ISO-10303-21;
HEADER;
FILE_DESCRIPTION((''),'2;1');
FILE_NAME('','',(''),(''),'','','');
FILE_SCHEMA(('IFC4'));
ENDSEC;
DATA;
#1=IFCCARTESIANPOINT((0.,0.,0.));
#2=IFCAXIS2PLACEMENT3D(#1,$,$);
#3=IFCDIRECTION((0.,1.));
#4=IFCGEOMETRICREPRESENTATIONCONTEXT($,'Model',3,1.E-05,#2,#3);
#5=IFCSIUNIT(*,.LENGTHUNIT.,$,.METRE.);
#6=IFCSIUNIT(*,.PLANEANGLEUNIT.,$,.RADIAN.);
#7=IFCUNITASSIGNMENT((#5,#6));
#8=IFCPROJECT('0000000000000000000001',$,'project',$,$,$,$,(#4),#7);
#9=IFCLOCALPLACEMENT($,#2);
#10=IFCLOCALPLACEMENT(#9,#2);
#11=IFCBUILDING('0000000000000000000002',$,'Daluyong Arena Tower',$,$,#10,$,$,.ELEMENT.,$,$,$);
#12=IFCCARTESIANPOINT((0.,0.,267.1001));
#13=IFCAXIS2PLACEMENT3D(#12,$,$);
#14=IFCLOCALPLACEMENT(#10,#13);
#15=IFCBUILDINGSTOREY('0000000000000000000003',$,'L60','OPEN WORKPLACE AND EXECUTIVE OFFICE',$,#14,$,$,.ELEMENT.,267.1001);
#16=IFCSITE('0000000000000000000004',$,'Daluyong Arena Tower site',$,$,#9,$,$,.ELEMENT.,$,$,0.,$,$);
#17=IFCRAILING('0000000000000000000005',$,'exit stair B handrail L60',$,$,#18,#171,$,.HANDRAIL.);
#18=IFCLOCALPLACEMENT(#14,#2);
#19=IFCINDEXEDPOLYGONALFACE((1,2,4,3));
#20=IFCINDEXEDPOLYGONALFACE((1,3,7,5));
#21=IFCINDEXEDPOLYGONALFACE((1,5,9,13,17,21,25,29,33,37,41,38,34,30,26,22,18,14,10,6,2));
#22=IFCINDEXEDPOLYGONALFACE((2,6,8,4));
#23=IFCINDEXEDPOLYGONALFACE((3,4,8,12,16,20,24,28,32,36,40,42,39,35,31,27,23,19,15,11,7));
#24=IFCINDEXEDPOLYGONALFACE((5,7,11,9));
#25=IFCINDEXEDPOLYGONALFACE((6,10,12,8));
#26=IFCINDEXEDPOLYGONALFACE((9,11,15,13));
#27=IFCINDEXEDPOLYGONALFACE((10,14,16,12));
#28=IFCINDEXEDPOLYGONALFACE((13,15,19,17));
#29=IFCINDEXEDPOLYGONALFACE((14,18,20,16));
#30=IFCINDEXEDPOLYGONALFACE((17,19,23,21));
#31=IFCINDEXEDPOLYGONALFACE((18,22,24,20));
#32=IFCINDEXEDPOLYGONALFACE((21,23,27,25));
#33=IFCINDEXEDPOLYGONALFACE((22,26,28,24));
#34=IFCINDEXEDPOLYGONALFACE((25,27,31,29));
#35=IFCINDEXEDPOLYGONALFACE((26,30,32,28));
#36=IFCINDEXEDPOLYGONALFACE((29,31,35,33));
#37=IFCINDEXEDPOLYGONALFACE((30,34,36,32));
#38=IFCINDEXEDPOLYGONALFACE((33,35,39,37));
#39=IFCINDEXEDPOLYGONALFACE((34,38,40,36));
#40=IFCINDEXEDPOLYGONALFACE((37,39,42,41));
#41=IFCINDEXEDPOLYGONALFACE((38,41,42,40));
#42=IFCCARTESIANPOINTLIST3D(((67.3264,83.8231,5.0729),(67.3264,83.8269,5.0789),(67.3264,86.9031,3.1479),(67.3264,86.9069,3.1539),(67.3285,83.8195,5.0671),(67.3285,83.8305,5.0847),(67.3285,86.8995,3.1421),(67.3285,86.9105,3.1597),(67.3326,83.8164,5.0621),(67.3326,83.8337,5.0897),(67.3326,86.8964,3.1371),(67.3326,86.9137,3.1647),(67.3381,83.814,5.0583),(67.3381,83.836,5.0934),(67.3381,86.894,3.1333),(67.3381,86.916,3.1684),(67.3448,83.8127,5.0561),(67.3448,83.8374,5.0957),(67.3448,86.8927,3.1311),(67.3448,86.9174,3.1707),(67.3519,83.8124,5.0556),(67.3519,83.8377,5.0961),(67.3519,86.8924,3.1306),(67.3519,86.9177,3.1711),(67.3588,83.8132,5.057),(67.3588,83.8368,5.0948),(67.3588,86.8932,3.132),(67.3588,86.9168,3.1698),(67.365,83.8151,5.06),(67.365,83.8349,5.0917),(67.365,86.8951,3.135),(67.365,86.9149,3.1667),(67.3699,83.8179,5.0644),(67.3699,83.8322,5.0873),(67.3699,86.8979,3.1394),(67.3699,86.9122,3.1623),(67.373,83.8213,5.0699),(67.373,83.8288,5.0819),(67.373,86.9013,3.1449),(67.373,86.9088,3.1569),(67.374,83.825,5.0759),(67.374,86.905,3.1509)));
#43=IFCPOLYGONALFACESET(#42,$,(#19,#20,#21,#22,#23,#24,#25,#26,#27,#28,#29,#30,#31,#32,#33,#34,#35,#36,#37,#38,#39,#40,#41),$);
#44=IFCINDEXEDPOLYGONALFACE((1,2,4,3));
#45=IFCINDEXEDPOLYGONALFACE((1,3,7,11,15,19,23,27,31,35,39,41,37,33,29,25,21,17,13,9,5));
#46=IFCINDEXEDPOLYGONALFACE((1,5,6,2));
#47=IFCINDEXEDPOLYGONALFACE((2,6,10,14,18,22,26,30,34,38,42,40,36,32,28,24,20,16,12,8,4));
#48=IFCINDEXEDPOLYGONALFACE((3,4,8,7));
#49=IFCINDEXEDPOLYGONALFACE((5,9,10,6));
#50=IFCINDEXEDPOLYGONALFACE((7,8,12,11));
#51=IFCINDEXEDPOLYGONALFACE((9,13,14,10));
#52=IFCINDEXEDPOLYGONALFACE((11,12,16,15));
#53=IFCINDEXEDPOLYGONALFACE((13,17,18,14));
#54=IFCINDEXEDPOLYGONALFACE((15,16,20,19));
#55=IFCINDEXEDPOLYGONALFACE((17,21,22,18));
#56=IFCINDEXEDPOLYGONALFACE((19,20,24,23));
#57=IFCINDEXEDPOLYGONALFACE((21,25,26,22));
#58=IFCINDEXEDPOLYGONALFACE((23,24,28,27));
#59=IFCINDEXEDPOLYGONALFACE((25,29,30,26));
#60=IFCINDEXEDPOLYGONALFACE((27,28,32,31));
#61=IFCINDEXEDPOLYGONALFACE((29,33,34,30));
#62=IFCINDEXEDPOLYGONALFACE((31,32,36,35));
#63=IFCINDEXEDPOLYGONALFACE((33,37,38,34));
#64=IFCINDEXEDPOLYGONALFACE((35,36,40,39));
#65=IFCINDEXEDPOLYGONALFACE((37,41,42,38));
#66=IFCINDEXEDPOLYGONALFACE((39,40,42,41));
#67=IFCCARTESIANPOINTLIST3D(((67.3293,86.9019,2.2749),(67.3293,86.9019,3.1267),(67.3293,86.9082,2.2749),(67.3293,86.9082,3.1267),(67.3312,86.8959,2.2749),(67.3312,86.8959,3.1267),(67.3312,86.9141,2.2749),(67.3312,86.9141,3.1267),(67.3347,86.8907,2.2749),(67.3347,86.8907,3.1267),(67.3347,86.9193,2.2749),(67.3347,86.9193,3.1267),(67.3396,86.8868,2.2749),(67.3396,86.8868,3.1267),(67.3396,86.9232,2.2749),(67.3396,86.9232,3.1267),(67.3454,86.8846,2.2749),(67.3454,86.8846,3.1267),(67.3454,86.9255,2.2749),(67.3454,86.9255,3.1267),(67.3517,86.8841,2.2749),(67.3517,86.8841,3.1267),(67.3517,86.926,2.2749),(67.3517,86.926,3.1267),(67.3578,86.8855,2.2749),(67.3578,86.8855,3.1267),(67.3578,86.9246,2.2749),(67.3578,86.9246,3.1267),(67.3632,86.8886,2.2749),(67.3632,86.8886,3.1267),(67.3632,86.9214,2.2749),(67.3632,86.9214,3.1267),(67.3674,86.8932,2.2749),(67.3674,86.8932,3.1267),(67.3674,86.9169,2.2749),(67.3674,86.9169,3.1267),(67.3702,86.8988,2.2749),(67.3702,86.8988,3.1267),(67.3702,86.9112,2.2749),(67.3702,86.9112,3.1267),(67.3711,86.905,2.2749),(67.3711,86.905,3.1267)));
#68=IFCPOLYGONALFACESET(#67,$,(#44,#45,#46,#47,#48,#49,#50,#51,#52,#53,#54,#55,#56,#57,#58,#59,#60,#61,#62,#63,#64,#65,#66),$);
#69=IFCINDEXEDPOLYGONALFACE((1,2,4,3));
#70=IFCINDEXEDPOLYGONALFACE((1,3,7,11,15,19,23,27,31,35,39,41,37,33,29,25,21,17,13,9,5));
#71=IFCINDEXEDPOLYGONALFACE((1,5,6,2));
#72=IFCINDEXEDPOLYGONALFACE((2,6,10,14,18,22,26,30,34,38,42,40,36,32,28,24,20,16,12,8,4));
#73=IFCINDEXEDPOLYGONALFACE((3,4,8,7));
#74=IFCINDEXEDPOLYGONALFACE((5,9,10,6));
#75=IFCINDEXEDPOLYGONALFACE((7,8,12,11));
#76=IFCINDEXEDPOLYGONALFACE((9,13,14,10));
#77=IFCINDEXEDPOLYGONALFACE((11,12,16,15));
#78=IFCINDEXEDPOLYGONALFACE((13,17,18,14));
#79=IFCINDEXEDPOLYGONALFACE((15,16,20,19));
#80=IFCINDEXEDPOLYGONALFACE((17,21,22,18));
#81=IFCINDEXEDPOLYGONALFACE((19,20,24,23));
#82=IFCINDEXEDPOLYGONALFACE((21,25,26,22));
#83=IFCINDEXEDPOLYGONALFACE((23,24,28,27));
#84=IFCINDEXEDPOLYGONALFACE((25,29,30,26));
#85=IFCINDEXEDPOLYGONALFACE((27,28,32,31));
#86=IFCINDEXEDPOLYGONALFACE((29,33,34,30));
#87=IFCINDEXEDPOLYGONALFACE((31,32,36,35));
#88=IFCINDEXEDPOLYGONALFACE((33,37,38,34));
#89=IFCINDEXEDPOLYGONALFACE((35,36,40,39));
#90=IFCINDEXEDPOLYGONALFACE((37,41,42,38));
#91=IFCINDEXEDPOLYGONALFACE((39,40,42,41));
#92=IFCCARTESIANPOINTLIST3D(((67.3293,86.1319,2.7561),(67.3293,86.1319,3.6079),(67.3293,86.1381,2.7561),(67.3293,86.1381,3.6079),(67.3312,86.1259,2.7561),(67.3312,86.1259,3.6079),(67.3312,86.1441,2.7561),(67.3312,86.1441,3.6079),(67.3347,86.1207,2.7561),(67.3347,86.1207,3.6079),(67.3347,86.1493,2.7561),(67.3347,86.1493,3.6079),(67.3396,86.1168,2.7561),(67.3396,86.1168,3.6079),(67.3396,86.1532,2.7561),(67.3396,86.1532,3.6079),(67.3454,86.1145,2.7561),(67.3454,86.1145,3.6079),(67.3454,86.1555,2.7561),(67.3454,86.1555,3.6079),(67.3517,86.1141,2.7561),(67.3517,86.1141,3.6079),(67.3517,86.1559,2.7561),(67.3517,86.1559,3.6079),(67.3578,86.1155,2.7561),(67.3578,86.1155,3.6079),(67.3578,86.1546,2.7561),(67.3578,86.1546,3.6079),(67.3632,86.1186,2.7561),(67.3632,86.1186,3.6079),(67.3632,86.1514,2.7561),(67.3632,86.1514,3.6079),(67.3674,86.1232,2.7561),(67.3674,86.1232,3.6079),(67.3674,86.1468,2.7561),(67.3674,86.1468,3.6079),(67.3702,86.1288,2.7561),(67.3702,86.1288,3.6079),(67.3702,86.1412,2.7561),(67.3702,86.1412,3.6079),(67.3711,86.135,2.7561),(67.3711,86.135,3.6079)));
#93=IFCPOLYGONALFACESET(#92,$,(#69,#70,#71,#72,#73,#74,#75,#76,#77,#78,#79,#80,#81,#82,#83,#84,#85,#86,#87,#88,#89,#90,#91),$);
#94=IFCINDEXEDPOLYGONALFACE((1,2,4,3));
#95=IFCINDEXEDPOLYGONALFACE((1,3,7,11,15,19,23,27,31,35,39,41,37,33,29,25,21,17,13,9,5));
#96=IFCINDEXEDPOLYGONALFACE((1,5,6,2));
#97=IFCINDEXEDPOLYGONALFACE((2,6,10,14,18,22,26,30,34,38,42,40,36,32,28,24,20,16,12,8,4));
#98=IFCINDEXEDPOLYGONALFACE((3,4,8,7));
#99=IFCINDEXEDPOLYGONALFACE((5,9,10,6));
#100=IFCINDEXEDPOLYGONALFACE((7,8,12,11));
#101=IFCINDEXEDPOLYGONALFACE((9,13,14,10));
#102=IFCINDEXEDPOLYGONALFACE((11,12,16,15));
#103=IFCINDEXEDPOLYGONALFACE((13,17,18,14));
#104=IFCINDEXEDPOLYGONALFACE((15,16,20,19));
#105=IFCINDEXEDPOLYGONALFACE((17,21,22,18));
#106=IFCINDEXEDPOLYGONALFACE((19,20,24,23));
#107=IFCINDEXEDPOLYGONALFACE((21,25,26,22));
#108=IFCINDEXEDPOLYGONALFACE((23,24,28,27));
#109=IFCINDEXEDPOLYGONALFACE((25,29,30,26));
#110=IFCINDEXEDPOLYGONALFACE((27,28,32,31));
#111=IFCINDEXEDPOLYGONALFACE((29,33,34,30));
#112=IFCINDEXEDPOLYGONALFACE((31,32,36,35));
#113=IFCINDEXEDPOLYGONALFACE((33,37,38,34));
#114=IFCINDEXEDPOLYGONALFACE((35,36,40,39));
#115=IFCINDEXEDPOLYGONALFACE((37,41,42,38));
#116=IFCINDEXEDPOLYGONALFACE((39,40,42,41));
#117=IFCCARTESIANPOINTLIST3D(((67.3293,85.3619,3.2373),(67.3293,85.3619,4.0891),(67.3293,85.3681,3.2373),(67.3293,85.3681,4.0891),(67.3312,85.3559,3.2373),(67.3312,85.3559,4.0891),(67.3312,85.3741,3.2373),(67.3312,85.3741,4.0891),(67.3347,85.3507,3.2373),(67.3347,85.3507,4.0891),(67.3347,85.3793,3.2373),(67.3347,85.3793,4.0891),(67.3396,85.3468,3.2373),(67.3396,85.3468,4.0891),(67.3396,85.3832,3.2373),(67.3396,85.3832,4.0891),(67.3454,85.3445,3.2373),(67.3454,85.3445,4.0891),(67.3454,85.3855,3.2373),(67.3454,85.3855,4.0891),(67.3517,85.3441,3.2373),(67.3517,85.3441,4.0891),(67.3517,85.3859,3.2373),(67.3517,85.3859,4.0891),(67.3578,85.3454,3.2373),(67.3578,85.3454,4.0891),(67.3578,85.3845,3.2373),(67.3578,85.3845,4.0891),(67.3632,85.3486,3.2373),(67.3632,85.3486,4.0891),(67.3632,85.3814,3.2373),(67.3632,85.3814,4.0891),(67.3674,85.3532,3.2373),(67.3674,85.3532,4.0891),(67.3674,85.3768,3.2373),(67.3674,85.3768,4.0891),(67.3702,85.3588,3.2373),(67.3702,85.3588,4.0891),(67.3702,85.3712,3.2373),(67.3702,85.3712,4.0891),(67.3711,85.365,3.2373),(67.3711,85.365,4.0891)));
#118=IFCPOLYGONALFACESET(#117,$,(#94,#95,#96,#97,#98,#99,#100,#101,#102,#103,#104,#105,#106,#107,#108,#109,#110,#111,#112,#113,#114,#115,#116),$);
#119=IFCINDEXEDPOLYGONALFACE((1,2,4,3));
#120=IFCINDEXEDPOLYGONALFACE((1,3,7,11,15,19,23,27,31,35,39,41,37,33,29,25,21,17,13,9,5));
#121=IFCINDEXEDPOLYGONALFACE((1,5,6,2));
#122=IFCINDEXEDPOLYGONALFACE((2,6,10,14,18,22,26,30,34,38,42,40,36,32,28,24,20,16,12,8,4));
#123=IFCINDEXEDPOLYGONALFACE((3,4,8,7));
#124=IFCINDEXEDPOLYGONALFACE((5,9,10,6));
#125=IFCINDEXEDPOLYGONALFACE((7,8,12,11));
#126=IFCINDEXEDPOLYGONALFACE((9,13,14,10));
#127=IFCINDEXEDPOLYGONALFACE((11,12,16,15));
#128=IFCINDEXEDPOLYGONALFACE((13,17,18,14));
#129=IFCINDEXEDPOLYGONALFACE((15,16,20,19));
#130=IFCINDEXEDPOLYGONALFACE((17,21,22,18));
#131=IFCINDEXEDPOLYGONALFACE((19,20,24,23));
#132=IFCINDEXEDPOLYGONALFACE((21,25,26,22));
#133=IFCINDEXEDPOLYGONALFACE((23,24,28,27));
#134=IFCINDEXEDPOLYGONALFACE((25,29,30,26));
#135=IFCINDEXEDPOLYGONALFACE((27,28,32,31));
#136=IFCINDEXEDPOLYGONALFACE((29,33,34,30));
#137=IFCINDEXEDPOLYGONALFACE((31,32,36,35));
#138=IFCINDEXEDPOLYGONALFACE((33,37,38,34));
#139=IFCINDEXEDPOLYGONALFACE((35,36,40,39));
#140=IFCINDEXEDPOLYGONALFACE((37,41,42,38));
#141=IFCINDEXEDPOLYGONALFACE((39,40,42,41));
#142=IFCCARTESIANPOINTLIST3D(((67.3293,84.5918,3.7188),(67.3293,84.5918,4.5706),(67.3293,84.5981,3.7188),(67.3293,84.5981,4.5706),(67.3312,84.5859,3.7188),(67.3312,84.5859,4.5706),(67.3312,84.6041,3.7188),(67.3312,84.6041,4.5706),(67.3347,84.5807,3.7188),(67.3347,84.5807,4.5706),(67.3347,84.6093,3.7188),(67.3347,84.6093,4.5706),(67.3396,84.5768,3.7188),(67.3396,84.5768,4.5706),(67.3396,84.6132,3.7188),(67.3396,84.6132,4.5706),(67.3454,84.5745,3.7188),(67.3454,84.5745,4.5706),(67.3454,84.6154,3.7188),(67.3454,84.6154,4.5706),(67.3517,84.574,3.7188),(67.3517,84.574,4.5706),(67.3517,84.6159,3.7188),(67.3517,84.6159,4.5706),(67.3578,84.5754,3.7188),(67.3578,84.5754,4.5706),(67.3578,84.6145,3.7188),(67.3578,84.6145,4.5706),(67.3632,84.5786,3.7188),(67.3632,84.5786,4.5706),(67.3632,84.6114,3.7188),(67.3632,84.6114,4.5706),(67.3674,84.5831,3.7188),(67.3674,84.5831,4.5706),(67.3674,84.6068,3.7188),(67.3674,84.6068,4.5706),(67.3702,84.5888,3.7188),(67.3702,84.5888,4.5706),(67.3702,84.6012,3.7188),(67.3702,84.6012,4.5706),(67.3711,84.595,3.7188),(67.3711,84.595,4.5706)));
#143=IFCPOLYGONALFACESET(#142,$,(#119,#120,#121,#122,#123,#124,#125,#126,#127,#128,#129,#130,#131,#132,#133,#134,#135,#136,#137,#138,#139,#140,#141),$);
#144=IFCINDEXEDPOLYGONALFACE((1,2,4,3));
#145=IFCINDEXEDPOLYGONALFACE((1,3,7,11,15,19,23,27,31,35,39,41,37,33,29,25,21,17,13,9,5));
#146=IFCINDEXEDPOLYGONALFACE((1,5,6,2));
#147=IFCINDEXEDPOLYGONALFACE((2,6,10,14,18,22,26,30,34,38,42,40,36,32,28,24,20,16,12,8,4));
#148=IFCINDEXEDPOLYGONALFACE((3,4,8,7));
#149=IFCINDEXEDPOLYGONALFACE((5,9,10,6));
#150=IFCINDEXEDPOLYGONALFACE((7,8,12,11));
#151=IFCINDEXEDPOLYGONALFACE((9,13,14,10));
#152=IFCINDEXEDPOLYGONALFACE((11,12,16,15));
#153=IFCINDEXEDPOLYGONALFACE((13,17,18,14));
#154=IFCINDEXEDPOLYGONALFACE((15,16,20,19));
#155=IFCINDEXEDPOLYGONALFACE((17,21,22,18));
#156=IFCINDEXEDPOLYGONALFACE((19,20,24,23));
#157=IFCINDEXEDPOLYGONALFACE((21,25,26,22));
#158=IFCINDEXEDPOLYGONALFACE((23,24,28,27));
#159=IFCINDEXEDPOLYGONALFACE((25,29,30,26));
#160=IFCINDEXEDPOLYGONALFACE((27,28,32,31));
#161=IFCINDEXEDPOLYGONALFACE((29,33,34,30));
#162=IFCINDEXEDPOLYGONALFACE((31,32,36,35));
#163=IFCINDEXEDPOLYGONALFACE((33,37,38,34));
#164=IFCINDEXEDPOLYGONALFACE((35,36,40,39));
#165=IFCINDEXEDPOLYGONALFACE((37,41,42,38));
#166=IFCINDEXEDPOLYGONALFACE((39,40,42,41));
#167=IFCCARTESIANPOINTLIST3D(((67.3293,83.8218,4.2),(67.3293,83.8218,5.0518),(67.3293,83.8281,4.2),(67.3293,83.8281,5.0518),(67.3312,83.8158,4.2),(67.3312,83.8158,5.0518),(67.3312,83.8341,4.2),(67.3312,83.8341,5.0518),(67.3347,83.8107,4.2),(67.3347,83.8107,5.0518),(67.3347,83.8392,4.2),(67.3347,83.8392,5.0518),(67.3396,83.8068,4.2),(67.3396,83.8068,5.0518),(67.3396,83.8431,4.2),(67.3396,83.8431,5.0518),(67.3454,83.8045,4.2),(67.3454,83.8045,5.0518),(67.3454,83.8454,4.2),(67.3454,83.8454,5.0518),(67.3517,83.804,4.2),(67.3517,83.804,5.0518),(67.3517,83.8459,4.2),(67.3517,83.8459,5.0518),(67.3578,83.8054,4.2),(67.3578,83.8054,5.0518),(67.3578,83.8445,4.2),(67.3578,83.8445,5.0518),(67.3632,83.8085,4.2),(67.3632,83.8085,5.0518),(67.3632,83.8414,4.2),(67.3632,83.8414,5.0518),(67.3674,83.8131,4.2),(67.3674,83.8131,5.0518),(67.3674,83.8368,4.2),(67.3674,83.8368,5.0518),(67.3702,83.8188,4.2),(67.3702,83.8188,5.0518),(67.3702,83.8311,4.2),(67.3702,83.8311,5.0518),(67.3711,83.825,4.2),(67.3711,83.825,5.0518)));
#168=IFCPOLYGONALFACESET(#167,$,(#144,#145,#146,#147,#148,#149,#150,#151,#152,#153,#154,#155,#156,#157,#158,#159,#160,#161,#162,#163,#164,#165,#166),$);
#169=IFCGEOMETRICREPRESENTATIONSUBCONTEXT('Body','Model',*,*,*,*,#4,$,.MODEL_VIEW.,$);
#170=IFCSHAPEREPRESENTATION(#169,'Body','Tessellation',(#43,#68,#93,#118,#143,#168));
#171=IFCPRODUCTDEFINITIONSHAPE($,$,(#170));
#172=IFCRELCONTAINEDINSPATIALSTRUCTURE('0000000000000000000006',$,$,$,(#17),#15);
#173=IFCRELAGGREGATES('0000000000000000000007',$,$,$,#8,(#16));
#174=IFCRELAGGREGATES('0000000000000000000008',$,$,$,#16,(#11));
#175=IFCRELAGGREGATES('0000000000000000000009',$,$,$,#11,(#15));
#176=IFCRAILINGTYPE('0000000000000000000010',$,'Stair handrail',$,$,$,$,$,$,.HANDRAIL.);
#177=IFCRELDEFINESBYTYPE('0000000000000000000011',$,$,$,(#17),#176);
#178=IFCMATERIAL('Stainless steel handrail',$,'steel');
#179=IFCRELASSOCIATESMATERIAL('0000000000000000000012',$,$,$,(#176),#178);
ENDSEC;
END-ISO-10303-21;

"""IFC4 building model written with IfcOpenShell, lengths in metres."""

from ifc_helpers import new_model, si_unit, direction, frame, origin, origin_2d, place, context, subcontext, project, spatial, circle, extrude, material, type_object, element, save


model = new_model("IFC4")

# Units and contexts
model_context = context("Model", 3, precision=1e-05, world=origin(), true_north=direction((0.0, 1.0)))
body_context = subcontext(model_context, "Body", "Model", "MODEL_VIEW")
ifc_project = project(units=[si_unit("LENGTHUNIT", "METRE"), si_unit("PLANEANGLEUNIT", "RADIAN")], contexts=[model_context])

# Site, building, storey
site_placement = place(None, origin())
site = spatial("IfcSite", under=ifc_project, at=site_placement, Name="Daluyong Arena Tower site", CompositionType="ELEMENT", RefElevation=0.0)
building_placement = place(site_placement, origin())
building = spatial("IfcBuilding", under=site, at=building_placement, Name="Daluyong Arena Tower", CompositionType="ELEMENT")
storey_placement = place(building_placement, frame((0.0, 0.0, 267.1001)))
storey = spatial("IfcBuildingStorey", under=building, at=storey_placement, Name="L60", Description="OPEN WORKPLACE AND EXECUTIVE OFFICE", CompositionType="ELEMENT", Elevation=267.1001)

# Railing
ifc_material_1 = material(Name="Stainless steel handrail", Category="steel")
railing_type_1 = type_object("IfcRailingType", Name="Stair handrail", PredefinedType="HANDRAIL", material=ifc_material_1)
railing_1_placement = place(storey_placement, frame((67.3501, 86.905, 2.2749)))
element("IfcRailing", 1, at=railing_1_placement, inside=storey, type_object=railing_type_1, Name="exit stair B handrail L60", PredefinedType="HANDRAIL", context=body_context, shape_type="SweptSolid", body=[
    extrude(circle(Radius=0.0239, at=origin_2d()), frame((0.0, 0.0, 0.876), z_axis=(0.0, -0.847998, 0.529999), x_axis=(1.0, 0.0, 0.0)), (0.0, 0.0, 1.0), 3.6321),
    extrude(circle(Radius=0.021, at=origin_2d()), origin(), (0.0, 0.0, 1.0), 0.8518),
    extrude(circle(Radius=0.021, at=origin_2d()), frame((0.0, -0.77, 0.4812)), (0.0, 0.0, 1.0), 0.8518),
    extrude(circle(Radius=0.021, at=origin_2d()), frame((0.0, -1.54, 0.9624)), (0.0, 0.0, 1.0), 0.8518),
    extrude(circle(Radius=0.021, at=origin_2d()), frame((0.0, -2.3101, 1.4438)), (0.0, 0.0, 1.0), 0.8518),
    extrude(circle(Radius=0.021, at=origin_2d()), frame((0.0, -3.0801, 1.925)), (0.0, 0.0, 1.0), 0.8518),
])

save(model, "model.ifc")
